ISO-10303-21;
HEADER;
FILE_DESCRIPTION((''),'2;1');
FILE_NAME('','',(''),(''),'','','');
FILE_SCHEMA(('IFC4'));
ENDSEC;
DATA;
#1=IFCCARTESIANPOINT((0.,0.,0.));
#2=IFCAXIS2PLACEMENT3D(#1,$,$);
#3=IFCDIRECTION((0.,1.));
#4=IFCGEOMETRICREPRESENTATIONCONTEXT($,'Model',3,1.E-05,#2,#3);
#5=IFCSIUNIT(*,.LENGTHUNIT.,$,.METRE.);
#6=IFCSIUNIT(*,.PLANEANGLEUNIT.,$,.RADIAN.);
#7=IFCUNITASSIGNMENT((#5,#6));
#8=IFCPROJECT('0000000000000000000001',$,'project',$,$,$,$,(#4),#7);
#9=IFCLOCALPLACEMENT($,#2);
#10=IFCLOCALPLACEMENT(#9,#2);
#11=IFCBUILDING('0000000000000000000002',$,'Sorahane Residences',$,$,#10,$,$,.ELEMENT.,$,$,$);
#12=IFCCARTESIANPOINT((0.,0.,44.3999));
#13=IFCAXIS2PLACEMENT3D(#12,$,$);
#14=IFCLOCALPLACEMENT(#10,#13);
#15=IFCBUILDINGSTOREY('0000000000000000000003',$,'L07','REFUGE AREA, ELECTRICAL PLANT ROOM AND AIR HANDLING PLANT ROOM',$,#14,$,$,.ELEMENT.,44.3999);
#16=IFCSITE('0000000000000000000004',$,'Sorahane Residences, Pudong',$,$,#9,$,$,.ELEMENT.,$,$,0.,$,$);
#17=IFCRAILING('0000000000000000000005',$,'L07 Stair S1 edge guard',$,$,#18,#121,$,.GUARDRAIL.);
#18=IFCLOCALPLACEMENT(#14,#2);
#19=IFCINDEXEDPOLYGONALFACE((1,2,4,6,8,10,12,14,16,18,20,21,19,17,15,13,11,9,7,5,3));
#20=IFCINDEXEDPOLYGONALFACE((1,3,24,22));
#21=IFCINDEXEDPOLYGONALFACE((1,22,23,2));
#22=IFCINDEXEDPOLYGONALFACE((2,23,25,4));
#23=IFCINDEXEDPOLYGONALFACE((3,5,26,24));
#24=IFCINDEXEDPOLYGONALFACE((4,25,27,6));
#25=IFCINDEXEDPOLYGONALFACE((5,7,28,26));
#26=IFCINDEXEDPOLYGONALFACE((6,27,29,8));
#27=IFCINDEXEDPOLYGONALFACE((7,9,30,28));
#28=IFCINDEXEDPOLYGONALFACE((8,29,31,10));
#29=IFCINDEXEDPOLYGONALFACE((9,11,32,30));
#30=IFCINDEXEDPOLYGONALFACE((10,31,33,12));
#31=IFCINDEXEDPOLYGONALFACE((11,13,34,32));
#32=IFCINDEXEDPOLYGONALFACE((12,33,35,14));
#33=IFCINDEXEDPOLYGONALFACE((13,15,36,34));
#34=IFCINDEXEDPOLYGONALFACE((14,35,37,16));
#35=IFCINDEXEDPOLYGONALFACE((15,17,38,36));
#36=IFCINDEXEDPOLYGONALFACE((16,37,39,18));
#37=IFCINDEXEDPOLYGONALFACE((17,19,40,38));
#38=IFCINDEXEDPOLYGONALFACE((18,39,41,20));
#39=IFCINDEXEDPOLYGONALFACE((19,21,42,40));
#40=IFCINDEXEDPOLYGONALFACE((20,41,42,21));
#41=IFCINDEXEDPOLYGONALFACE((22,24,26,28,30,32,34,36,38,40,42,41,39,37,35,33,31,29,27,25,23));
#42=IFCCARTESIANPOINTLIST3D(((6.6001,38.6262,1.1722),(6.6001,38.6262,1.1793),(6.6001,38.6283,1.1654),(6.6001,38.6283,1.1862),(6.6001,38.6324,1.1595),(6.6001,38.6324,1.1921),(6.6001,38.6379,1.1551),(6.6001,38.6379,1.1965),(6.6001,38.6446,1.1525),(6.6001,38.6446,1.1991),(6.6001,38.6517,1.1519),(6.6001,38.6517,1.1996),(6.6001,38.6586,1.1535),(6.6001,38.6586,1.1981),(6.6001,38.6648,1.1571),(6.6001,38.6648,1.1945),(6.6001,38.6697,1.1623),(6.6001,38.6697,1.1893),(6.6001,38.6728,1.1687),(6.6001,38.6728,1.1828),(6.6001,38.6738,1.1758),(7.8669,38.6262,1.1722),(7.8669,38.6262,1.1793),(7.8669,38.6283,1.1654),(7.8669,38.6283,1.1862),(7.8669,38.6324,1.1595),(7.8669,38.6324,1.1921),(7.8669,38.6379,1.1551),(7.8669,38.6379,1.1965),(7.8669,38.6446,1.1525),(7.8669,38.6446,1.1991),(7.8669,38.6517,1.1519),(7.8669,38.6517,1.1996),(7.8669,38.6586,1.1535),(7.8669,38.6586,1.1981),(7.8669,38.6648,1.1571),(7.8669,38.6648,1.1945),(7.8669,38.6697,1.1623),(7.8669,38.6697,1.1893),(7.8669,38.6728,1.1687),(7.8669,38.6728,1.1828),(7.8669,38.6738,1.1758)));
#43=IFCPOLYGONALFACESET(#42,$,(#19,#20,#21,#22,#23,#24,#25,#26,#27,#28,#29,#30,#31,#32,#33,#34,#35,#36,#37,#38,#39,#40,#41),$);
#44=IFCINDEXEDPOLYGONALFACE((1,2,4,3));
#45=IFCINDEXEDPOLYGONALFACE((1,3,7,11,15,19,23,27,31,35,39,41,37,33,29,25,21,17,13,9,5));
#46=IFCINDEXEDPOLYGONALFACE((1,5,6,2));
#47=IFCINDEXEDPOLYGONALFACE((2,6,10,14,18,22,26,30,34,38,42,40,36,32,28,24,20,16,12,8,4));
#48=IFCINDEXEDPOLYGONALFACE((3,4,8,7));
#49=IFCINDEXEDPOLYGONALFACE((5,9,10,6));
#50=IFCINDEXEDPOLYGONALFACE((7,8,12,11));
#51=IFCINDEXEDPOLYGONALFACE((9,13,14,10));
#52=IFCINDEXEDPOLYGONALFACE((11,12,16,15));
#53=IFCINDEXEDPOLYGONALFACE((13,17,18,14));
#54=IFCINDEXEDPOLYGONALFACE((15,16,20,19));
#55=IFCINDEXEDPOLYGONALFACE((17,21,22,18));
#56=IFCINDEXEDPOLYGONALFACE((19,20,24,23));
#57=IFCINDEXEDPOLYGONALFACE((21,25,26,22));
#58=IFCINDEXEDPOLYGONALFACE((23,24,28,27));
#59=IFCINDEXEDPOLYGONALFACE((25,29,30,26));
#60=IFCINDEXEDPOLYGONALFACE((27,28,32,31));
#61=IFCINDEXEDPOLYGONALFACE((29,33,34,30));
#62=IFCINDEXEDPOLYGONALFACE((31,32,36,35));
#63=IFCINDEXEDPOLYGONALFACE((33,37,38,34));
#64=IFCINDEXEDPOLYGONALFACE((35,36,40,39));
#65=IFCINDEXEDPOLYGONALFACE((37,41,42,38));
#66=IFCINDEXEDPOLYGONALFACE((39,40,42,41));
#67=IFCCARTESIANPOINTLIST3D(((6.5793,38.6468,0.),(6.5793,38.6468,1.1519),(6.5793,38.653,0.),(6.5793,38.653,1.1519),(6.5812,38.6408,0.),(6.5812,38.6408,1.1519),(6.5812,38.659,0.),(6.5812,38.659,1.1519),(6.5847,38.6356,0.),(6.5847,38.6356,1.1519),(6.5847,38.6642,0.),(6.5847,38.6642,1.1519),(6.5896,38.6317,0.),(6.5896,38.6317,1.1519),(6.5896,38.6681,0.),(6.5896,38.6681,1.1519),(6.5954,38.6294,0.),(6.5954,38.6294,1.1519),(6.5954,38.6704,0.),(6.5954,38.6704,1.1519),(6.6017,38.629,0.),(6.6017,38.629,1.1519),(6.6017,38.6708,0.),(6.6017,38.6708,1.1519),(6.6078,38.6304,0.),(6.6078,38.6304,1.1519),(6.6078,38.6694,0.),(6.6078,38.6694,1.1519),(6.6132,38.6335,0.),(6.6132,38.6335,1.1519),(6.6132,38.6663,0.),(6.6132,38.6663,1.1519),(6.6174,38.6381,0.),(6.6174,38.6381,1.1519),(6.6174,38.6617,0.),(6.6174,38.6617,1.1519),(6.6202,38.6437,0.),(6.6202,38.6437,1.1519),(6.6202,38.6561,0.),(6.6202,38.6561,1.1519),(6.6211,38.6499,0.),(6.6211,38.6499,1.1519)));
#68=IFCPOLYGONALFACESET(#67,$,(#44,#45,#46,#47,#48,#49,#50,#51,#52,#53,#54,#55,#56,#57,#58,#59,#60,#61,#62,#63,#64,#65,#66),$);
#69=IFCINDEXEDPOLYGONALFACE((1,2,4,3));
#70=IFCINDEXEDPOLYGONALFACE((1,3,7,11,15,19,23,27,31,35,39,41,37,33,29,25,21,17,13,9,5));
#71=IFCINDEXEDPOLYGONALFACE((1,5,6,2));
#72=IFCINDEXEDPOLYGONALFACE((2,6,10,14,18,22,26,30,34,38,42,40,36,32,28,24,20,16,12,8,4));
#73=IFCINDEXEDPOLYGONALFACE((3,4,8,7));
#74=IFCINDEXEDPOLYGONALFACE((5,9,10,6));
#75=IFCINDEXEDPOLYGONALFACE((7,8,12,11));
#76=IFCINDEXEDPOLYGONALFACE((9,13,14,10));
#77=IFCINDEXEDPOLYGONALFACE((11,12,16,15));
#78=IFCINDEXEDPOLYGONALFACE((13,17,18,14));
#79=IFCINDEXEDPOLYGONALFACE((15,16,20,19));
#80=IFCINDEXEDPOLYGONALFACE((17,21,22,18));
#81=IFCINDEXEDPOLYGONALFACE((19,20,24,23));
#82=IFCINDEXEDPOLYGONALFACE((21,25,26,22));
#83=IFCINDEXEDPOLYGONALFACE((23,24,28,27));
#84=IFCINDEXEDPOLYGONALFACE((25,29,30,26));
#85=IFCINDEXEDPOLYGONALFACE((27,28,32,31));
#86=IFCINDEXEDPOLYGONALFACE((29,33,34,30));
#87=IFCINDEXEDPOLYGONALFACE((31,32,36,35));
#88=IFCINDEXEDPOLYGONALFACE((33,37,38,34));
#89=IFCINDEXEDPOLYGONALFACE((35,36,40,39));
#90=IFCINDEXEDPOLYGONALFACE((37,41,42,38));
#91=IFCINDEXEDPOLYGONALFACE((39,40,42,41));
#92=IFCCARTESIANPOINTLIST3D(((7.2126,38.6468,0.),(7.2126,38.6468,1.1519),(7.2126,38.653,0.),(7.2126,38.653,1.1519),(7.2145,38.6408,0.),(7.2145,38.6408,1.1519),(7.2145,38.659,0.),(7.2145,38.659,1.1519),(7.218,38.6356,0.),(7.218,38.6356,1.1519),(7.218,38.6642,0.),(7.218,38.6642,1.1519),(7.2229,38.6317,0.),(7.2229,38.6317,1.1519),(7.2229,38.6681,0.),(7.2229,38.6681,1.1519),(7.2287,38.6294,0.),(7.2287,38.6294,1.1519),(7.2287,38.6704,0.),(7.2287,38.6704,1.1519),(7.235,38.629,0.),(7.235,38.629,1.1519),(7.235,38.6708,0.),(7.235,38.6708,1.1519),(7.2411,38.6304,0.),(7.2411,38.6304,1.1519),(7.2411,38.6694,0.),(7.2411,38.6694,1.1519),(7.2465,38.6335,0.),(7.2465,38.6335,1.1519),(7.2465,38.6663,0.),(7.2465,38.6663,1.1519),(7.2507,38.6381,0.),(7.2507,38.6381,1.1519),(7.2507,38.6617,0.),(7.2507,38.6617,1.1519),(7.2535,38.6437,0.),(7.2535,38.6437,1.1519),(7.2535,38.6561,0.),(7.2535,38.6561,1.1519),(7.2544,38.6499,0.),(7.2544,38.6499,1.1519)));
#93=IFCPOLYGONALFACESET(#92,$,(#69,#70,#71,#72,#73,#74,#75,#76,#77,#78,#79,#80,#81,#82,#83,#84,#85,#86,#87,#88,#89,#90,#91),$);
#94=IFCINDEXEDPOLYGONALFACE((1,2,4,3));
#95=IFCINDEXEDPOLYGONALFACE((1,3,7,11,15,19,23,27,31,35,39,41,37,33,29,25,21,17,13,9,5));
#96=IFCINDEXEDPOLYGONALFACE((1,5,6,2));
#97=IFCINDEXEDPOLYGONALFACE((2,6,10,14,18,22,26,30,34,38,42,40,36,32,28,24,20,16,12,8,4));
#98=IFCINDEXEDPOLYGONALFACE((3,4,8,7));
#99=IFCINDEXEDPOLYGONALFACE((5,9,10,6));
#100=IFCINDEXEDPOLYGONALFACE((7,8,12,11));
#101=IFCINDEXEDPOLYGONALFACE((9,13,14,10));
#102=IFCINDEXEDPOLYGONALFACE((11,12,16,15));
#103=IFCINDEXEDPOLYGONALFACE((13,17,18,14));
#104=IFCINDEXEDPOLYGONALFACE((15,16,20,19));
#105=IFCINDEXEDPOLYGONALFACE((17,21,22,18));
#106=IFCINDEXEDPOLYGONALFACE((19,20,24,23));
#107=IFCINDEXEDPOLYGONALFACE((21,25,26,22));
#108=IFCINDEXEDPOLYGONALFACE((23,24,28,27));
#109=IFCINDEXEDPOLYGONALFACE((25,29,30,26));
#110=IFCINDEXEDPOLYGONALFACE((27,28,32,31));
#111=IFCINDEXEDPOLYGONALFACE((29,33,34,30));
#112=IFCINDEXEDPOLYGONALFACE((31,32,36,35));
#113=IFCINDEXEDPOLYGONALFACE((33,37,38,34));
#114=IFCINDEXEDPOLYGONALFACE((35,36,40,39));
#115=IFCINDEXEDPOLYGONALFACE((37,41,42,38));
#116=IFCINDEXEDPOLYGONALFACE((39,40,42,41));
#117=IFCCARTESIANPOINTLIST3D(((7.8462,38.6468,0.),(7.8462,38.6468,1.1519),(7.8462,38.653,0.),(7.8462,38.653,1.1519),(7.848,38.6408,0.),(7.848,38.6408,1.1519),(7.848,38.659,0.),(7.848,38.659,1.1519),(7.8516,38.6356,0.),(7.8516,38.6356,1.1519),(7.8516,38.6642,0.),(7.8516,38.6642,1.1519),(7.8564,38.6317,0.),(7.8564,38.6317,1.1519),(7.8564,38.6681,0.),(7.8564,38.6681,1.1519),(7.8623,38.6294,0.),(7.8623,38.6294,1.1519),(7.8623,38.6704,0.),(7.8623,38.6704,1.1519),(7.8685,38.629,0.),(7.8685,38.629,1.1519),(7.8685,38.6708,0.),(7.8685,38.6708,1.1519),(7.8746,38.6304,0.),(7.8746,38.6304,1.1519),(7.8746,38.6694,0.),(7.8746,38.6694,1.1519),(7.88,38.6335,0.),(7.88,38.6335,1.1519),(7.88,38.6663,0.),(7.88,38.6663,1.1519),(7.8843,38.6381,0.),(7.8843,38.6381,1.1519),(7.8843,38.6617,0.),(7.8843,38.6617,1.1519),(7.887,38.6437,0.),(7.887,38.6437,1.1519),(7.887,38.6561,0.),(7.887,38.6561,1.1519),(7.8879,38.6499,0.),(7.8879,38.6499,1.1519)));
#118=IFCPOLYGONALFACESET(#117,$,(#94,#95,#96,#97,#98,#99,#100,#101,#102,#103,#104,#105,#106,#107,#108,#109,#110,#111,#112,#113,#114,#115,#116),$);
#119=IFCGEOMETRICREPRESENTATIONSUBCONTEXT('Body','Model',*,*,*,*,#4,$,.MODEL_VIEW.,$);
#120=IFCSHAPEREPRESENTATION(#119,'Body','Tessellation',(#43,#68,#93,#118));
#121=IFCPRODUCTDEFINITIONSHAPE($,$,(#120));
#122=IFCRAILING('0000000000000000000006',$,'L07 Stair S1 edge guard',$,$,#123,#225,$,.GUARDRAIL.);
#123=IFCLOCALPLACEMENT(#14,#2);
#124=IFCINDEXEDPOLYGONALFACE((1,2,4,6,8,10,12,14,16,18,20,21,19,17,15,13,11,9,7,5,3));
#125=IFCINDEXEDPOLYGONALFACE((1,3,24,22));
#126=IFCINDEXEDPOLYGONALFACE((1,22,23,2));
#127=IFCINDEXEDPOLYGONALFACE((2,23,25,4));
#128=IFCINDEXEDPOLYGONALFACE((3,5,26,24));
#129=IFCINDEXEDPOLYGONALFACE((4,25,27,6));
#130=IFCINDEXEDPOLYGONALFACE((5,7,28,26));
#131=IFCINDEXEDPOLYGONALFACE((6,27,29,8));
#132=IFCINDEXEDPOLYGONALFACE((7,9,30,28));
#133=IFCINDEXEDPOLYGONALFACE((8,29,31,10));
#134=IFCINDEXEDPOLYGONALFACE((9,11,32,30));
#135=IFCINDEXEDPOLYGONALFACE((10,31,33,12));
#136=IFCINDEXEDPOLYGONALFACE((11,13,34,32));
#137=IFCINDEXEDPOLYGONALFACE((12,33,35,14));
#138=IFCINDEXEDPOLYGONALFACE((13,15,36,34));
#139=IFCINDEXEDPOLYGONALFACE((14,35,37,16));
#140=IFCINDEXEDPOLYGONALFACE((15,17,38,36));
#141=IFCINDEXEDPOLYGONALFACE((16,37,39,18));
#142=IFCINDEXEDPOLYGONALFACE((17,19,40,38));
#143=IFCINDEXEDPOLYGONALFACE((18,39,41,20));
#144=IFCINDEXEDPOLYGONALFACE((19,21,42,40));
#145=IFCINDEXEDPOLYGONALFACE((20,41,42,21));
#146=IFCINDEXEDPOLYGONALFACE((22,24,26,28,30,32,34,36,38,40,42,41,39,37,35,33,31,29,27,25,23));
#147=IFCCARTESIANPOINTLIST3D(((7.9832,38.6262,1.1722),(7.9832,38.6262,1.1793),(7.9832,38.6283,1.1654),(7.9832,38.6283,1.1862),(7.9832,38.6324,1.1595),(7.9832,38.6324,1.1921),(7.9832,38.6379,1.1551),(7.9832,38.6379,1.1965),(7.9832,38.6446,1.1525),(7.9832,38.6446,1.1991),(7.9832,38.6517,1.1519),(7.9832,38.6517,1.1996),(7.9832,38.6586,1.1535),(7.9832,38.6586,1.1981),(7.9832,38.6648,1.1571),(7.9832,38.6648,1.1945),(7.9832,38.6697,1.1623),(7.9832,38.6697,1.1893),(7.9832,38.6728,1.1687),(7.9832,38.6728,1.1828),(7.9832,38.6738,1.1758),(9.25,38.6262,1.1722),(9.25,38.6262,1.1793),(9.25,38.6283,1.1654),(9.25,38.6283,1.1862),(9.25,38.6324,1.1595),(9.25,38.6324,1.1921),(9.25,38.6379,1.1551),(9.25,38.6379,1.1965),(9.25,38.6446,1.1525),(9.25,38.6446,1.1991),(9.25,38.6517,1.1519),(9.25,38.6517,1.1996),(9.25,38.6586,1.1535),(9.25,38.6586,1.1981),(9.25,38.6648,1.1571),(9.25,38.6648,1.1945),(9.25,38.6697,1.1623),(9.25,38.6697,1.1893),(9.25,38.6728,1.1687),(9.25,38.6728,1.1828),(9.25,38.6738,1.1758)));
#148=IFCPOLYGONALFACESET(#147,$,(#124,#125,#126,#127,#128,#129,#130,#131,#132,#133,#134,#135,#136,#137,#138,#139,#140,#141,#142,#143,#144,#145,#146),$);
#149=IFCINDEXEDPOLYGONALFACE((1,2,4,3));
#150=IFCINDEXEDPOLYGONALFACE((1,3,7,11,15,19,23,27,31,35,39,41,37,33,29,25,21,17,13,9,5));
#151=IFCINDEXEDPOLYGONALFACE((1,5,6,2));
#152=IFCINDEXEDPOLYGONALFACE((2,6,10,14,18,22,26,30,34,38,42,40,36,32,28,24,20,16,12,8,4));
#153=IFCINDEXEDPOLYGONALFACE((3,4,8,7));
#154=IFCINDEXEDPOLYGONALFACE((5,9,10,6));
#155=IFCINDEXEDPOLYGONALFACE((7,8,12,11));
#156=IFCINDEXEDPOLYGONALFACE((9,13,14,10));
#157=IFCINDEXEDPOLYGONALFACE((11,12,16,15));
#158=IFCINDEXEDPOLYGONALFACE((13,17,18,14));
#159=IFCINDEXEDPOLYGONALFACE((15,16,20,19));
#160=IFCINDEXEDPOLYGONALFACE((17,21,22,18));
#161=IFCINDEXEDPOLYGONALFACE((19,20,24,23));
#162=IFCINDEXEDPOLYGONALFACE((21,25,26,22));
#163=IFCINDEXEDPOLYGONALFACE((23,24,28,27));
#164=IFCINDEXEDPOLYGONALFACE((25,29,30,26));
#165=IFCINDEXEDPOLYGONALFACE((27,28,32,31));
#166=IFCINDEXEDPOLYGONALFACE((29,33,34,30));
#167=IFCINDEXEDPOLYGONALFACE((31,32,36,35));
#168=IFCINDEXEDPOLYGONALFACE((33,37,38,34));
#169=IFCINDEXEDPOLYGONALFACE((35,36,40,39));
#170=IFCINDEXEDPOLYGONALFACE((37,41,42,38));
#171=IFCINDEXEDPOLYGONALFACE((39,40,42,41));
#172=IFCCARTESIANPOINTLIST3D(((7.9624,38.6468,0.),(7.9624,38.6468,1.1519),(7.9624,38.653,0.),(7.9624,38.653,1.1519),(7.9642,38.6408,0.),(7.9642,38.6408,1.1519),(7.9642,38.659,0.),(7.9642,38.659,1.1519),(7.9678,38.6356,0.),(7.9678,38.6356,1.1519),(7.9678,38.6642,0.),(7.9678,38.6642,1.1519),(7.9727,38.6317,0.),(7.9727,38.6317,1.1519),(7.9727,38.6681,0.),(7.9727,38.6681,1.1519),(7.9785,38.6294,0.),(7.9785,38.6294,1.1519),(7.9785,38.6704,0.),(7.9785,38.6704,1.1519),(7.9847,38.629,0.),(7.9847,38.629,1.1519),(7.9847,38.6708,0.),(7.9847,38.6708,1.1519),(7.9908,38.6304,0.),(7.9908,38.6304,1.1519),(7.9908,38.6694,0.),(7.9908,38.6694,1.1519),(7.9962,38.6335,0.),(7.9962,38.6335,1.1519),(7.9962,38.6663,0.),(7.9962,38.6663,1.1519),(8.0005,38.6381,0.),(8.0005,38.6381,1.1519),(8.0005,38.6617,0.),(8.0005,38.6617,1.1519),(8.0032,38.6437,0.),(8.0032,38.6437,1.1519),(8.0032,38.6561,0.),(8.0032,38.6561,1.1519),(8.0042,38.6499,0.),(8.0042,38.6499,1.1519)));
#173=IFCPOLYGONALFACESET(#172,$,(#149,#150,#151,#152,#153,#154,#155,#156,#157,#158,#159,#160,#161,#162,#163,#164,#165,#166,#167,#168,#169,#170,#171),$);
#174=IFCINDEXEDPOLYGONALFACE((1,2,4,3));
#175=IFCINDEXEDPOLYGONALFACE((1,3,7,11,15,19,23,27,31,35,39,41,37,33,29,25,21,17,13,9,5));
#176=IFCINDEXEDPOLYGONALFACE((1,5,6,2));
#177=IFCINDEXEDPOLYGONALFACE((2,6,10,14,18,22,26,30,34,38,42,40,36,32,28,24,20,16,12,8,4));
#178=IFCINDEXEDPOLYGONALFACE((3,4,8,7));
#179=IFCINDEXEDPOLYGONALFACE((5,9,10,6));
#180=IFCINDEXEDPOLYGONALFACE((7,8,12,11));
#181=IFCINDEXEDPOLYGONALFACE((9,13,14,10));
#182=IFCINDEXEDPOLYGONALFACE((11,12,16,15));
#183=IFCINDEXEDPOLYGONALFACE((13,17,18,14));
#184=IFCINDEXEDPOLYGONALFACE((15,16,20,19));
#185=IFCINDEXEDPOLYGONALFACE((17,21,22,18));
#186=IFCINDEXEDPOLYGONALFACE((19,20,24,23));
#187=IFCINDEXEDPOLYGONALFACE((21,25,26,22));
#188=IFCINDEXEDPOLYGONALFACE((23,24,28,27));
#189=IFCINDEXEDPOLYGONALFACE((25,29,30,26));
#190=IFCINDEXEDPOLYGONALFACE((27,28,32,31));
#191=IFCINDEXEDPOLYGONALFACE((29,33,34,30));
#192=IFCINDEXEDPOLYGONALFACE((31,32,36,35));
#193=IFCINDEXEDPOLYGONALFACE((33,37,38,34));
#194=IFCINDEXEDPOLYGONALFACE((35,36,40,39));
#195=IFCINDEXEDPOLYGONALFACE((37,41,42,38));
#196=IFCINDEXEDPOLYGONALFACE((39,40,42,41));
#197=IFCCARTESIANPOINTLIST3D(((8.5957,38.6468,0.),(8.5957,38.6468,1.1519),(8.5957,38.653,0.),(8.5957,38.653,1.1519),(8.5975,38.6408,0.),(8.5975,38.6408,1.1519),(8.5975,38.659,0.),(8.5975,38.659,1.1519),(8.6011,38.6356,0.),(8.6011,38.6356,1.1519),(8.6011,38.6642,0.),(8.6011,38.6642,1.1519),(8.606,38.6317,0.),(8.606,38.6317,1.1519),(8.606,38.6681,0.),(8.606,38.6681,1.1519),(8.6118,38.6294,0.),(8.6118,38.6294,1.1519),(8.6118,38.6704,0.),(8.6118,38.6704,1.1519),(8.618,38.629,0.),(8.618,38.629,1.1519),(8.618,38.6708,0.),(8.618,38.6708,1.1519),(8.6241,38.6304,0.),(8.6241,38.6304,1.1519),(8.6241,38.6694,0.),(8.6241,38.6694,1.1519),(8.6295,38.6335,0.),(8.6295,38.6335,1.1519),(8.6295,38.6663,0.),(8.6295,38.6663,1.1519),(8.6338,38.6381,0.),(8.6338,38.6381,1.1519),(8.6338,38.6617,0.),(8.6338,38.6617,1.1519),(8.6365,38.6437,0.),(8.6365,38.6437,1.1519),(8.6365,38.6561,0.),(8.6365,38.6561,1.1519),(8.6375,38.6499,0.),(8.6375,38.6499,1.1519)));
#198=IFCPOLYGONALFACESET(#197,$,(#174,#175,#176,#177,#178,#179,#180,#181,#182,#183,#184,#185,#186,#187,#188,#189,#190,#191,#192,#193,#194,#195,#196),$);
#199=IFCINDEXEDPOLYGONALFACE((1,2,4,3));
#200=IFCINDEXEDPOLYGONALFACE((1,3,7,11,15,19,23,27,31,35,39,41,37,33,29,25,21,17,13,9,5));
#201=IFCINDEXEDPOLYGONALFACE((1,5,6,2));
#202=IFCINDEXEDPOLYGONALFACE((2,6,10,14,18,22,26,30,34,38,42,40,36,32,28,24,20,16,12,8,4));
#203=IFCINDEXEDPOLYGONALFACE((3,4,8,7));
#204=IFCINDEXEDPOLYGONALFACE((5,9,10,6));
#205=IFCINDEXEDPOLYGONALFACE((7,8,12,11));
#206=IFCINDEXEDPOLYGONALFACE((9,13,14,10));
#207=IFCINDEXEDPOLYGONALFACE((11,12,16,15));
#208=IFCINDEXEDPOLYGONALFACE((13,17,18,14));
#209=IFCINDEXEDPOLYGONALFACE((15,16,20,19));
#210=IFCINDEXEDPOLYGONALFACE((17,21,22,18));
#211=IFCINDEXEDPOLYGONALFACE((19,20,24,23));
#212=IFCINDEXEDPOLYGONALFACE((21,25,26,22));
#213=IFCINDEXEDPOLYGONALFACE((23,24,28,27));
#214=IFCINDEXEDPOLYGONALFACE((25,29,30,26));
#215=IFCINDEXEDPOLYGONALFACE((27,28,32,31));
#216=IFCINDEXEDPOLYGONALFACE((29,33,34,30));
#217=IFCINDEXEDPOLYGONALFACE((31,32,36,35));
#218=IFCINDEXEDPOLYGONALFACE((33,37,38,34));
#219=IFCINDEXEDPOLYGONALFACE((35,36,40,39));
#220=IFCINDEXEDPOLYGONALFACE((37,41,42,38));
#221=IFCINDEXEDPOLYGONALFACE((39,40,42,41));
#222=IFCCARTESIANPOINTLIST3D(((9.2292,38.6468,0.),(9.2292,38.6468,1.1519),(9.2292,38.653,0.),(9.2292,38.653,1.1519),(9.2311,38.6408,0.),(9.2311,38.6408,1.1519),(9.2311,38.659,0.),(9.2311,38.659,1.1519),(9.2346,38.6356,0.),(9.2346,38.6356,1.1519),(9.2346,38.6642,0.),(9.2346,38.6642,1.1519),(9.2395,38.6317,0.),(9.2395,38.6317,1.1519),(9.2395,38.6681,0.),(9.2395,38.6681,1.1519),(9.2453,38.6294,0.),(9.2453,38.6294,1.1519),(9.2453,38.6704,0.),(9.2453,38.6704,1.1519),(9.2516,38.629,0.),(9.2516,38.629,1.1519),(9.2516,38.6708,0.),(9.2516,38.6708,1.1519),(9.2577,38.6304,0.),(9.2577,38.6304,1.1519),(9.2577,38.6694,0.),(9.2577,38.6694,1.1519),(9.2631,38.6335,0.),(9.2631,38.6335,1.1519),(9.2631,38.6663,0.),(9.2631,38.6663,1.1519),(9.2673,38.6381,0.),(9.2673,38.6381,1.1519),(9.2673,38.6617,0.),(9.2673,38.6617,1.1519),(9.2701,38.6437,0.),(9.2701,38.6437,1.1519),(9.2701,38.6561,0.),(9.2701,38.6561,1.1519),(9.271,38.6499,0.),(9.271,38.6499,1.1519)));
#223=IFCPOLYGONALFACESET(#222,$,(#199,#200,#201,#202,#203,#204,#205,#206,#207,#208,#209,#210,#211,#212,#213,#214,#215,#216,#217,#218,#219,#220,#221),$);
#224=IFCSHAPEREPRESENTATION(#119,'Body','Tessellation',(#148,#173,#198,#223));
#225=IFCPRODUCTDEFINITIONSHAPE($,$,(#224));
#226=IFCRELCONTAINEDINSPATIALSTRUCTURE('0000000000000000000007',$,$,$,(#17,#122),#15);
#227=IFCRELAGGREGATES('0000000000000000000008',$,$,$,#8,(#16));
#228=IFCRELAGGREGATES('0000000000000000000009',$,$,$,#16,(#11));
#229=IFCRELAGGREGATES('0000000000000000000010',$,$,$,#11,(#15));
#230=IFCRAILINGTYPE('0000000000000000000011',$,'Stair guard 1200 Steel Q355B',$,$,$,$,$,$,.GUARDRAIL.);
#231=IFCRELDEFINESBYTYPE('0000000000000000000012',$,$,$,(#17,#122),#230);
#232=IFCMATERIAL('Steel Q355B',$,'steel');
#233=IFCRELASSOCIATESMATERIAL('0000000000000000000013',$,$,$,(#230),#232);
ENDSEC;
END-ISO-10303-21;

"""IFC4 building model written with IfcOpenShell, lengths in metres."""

from ifc_helpers import new_model, si_unit, direction, frame, origin, origin_2d, place, context, subcontext, project, spatial, circle, extrude, material, type_object, element, save


model = new_model("IFC4")

# Units and contexts
model_context = context("Model", 3, precision=1e-05, world=origin(), true_north=direction((0.0, 1.0)))
body_context = subcontext(model_context, "Body", "Model", "MODEL_VIEW")
ifc_project = project(units=[si_unit("LENGTHUNIT", "METRE"), si_unit("PLANEANGLEUNIT", "RADIAN")], contexts=[model_context])

# Site, building, storey
site_placement = place(None, origin())
site = spatial("IfcSite", under=ifc_project, at=site_placement, Name="Sorahane Residences, Pudong", CompositionType="ELEMENT", RefElevation=0.0)
building_placement = place(site_placement, origin())
building = spatial("IfcBuilding", under=site, at=building_placement, Name="Sorahane Residences", CompositionType="ELEMENT")
storey_placement = place(building_placement, frame((0.0, 0.0, 44.3999)))
storey = spatial("IfcBuildingStorey", under=building, at=storey_placement, Name="L07", Description="REFUGE AREA, ELECTRICAL PLANT ROOM AND AIR HANDLING PLANT ROOM", CompositionType="ELEMENT", Elevation=44.3999)

# Railings
ifc_material_1 = material(Name="Steel Q355B", Category="steel")
railing_type_1 = type_object("IfcRailingType", Name="Stair guard 1200 Steel Q355B", PredefinedType="GUARDRAIL", material=ifc_material_1)
for number, where, name in (
    (1, (6.6001, 38.6499, 0.0), "L07 Stair S1 edge guard"),
    (2, (7.9832, 38.6499, 0.0), "L07 Stair S1 edge guard"),
):
    element("IfcRailing", number, at=place(storey_placement, frame(where)), inside=storey, type_object=railing_type_1, Name=name, PredefinedType="GUARDRAIL", context=body_context, shape_type="SweptSolid", body=[
        extrude(circle(Radius=0.0239, at=origin_2d()), frame((0.0, 0.0, 1.1758), z_axis=(1.0, 0.0, 0.0), x_axis=(0.0, 1.0, 0.0)), (0.0, 0.0, 1.0), 1.2668),
        extrude(circle(Radius=0.021, at=origin_2d()), origin(), (0.0, 0.0, 1.0), 1.1519),
        extrude(circle(Radius=0.021, at=origin_2d()), frame((0.6333, 0.0, 0.0)), (0.0, 0.0, 1.0), 1.1519),
        extrude(circle(Radius=0.021, at=origin_2d()), frame((1.2668, 0.0, 0.0)), (0.0, 0.0, 1.0), 1.1519),
    ])

save(model, "model.ifc")
